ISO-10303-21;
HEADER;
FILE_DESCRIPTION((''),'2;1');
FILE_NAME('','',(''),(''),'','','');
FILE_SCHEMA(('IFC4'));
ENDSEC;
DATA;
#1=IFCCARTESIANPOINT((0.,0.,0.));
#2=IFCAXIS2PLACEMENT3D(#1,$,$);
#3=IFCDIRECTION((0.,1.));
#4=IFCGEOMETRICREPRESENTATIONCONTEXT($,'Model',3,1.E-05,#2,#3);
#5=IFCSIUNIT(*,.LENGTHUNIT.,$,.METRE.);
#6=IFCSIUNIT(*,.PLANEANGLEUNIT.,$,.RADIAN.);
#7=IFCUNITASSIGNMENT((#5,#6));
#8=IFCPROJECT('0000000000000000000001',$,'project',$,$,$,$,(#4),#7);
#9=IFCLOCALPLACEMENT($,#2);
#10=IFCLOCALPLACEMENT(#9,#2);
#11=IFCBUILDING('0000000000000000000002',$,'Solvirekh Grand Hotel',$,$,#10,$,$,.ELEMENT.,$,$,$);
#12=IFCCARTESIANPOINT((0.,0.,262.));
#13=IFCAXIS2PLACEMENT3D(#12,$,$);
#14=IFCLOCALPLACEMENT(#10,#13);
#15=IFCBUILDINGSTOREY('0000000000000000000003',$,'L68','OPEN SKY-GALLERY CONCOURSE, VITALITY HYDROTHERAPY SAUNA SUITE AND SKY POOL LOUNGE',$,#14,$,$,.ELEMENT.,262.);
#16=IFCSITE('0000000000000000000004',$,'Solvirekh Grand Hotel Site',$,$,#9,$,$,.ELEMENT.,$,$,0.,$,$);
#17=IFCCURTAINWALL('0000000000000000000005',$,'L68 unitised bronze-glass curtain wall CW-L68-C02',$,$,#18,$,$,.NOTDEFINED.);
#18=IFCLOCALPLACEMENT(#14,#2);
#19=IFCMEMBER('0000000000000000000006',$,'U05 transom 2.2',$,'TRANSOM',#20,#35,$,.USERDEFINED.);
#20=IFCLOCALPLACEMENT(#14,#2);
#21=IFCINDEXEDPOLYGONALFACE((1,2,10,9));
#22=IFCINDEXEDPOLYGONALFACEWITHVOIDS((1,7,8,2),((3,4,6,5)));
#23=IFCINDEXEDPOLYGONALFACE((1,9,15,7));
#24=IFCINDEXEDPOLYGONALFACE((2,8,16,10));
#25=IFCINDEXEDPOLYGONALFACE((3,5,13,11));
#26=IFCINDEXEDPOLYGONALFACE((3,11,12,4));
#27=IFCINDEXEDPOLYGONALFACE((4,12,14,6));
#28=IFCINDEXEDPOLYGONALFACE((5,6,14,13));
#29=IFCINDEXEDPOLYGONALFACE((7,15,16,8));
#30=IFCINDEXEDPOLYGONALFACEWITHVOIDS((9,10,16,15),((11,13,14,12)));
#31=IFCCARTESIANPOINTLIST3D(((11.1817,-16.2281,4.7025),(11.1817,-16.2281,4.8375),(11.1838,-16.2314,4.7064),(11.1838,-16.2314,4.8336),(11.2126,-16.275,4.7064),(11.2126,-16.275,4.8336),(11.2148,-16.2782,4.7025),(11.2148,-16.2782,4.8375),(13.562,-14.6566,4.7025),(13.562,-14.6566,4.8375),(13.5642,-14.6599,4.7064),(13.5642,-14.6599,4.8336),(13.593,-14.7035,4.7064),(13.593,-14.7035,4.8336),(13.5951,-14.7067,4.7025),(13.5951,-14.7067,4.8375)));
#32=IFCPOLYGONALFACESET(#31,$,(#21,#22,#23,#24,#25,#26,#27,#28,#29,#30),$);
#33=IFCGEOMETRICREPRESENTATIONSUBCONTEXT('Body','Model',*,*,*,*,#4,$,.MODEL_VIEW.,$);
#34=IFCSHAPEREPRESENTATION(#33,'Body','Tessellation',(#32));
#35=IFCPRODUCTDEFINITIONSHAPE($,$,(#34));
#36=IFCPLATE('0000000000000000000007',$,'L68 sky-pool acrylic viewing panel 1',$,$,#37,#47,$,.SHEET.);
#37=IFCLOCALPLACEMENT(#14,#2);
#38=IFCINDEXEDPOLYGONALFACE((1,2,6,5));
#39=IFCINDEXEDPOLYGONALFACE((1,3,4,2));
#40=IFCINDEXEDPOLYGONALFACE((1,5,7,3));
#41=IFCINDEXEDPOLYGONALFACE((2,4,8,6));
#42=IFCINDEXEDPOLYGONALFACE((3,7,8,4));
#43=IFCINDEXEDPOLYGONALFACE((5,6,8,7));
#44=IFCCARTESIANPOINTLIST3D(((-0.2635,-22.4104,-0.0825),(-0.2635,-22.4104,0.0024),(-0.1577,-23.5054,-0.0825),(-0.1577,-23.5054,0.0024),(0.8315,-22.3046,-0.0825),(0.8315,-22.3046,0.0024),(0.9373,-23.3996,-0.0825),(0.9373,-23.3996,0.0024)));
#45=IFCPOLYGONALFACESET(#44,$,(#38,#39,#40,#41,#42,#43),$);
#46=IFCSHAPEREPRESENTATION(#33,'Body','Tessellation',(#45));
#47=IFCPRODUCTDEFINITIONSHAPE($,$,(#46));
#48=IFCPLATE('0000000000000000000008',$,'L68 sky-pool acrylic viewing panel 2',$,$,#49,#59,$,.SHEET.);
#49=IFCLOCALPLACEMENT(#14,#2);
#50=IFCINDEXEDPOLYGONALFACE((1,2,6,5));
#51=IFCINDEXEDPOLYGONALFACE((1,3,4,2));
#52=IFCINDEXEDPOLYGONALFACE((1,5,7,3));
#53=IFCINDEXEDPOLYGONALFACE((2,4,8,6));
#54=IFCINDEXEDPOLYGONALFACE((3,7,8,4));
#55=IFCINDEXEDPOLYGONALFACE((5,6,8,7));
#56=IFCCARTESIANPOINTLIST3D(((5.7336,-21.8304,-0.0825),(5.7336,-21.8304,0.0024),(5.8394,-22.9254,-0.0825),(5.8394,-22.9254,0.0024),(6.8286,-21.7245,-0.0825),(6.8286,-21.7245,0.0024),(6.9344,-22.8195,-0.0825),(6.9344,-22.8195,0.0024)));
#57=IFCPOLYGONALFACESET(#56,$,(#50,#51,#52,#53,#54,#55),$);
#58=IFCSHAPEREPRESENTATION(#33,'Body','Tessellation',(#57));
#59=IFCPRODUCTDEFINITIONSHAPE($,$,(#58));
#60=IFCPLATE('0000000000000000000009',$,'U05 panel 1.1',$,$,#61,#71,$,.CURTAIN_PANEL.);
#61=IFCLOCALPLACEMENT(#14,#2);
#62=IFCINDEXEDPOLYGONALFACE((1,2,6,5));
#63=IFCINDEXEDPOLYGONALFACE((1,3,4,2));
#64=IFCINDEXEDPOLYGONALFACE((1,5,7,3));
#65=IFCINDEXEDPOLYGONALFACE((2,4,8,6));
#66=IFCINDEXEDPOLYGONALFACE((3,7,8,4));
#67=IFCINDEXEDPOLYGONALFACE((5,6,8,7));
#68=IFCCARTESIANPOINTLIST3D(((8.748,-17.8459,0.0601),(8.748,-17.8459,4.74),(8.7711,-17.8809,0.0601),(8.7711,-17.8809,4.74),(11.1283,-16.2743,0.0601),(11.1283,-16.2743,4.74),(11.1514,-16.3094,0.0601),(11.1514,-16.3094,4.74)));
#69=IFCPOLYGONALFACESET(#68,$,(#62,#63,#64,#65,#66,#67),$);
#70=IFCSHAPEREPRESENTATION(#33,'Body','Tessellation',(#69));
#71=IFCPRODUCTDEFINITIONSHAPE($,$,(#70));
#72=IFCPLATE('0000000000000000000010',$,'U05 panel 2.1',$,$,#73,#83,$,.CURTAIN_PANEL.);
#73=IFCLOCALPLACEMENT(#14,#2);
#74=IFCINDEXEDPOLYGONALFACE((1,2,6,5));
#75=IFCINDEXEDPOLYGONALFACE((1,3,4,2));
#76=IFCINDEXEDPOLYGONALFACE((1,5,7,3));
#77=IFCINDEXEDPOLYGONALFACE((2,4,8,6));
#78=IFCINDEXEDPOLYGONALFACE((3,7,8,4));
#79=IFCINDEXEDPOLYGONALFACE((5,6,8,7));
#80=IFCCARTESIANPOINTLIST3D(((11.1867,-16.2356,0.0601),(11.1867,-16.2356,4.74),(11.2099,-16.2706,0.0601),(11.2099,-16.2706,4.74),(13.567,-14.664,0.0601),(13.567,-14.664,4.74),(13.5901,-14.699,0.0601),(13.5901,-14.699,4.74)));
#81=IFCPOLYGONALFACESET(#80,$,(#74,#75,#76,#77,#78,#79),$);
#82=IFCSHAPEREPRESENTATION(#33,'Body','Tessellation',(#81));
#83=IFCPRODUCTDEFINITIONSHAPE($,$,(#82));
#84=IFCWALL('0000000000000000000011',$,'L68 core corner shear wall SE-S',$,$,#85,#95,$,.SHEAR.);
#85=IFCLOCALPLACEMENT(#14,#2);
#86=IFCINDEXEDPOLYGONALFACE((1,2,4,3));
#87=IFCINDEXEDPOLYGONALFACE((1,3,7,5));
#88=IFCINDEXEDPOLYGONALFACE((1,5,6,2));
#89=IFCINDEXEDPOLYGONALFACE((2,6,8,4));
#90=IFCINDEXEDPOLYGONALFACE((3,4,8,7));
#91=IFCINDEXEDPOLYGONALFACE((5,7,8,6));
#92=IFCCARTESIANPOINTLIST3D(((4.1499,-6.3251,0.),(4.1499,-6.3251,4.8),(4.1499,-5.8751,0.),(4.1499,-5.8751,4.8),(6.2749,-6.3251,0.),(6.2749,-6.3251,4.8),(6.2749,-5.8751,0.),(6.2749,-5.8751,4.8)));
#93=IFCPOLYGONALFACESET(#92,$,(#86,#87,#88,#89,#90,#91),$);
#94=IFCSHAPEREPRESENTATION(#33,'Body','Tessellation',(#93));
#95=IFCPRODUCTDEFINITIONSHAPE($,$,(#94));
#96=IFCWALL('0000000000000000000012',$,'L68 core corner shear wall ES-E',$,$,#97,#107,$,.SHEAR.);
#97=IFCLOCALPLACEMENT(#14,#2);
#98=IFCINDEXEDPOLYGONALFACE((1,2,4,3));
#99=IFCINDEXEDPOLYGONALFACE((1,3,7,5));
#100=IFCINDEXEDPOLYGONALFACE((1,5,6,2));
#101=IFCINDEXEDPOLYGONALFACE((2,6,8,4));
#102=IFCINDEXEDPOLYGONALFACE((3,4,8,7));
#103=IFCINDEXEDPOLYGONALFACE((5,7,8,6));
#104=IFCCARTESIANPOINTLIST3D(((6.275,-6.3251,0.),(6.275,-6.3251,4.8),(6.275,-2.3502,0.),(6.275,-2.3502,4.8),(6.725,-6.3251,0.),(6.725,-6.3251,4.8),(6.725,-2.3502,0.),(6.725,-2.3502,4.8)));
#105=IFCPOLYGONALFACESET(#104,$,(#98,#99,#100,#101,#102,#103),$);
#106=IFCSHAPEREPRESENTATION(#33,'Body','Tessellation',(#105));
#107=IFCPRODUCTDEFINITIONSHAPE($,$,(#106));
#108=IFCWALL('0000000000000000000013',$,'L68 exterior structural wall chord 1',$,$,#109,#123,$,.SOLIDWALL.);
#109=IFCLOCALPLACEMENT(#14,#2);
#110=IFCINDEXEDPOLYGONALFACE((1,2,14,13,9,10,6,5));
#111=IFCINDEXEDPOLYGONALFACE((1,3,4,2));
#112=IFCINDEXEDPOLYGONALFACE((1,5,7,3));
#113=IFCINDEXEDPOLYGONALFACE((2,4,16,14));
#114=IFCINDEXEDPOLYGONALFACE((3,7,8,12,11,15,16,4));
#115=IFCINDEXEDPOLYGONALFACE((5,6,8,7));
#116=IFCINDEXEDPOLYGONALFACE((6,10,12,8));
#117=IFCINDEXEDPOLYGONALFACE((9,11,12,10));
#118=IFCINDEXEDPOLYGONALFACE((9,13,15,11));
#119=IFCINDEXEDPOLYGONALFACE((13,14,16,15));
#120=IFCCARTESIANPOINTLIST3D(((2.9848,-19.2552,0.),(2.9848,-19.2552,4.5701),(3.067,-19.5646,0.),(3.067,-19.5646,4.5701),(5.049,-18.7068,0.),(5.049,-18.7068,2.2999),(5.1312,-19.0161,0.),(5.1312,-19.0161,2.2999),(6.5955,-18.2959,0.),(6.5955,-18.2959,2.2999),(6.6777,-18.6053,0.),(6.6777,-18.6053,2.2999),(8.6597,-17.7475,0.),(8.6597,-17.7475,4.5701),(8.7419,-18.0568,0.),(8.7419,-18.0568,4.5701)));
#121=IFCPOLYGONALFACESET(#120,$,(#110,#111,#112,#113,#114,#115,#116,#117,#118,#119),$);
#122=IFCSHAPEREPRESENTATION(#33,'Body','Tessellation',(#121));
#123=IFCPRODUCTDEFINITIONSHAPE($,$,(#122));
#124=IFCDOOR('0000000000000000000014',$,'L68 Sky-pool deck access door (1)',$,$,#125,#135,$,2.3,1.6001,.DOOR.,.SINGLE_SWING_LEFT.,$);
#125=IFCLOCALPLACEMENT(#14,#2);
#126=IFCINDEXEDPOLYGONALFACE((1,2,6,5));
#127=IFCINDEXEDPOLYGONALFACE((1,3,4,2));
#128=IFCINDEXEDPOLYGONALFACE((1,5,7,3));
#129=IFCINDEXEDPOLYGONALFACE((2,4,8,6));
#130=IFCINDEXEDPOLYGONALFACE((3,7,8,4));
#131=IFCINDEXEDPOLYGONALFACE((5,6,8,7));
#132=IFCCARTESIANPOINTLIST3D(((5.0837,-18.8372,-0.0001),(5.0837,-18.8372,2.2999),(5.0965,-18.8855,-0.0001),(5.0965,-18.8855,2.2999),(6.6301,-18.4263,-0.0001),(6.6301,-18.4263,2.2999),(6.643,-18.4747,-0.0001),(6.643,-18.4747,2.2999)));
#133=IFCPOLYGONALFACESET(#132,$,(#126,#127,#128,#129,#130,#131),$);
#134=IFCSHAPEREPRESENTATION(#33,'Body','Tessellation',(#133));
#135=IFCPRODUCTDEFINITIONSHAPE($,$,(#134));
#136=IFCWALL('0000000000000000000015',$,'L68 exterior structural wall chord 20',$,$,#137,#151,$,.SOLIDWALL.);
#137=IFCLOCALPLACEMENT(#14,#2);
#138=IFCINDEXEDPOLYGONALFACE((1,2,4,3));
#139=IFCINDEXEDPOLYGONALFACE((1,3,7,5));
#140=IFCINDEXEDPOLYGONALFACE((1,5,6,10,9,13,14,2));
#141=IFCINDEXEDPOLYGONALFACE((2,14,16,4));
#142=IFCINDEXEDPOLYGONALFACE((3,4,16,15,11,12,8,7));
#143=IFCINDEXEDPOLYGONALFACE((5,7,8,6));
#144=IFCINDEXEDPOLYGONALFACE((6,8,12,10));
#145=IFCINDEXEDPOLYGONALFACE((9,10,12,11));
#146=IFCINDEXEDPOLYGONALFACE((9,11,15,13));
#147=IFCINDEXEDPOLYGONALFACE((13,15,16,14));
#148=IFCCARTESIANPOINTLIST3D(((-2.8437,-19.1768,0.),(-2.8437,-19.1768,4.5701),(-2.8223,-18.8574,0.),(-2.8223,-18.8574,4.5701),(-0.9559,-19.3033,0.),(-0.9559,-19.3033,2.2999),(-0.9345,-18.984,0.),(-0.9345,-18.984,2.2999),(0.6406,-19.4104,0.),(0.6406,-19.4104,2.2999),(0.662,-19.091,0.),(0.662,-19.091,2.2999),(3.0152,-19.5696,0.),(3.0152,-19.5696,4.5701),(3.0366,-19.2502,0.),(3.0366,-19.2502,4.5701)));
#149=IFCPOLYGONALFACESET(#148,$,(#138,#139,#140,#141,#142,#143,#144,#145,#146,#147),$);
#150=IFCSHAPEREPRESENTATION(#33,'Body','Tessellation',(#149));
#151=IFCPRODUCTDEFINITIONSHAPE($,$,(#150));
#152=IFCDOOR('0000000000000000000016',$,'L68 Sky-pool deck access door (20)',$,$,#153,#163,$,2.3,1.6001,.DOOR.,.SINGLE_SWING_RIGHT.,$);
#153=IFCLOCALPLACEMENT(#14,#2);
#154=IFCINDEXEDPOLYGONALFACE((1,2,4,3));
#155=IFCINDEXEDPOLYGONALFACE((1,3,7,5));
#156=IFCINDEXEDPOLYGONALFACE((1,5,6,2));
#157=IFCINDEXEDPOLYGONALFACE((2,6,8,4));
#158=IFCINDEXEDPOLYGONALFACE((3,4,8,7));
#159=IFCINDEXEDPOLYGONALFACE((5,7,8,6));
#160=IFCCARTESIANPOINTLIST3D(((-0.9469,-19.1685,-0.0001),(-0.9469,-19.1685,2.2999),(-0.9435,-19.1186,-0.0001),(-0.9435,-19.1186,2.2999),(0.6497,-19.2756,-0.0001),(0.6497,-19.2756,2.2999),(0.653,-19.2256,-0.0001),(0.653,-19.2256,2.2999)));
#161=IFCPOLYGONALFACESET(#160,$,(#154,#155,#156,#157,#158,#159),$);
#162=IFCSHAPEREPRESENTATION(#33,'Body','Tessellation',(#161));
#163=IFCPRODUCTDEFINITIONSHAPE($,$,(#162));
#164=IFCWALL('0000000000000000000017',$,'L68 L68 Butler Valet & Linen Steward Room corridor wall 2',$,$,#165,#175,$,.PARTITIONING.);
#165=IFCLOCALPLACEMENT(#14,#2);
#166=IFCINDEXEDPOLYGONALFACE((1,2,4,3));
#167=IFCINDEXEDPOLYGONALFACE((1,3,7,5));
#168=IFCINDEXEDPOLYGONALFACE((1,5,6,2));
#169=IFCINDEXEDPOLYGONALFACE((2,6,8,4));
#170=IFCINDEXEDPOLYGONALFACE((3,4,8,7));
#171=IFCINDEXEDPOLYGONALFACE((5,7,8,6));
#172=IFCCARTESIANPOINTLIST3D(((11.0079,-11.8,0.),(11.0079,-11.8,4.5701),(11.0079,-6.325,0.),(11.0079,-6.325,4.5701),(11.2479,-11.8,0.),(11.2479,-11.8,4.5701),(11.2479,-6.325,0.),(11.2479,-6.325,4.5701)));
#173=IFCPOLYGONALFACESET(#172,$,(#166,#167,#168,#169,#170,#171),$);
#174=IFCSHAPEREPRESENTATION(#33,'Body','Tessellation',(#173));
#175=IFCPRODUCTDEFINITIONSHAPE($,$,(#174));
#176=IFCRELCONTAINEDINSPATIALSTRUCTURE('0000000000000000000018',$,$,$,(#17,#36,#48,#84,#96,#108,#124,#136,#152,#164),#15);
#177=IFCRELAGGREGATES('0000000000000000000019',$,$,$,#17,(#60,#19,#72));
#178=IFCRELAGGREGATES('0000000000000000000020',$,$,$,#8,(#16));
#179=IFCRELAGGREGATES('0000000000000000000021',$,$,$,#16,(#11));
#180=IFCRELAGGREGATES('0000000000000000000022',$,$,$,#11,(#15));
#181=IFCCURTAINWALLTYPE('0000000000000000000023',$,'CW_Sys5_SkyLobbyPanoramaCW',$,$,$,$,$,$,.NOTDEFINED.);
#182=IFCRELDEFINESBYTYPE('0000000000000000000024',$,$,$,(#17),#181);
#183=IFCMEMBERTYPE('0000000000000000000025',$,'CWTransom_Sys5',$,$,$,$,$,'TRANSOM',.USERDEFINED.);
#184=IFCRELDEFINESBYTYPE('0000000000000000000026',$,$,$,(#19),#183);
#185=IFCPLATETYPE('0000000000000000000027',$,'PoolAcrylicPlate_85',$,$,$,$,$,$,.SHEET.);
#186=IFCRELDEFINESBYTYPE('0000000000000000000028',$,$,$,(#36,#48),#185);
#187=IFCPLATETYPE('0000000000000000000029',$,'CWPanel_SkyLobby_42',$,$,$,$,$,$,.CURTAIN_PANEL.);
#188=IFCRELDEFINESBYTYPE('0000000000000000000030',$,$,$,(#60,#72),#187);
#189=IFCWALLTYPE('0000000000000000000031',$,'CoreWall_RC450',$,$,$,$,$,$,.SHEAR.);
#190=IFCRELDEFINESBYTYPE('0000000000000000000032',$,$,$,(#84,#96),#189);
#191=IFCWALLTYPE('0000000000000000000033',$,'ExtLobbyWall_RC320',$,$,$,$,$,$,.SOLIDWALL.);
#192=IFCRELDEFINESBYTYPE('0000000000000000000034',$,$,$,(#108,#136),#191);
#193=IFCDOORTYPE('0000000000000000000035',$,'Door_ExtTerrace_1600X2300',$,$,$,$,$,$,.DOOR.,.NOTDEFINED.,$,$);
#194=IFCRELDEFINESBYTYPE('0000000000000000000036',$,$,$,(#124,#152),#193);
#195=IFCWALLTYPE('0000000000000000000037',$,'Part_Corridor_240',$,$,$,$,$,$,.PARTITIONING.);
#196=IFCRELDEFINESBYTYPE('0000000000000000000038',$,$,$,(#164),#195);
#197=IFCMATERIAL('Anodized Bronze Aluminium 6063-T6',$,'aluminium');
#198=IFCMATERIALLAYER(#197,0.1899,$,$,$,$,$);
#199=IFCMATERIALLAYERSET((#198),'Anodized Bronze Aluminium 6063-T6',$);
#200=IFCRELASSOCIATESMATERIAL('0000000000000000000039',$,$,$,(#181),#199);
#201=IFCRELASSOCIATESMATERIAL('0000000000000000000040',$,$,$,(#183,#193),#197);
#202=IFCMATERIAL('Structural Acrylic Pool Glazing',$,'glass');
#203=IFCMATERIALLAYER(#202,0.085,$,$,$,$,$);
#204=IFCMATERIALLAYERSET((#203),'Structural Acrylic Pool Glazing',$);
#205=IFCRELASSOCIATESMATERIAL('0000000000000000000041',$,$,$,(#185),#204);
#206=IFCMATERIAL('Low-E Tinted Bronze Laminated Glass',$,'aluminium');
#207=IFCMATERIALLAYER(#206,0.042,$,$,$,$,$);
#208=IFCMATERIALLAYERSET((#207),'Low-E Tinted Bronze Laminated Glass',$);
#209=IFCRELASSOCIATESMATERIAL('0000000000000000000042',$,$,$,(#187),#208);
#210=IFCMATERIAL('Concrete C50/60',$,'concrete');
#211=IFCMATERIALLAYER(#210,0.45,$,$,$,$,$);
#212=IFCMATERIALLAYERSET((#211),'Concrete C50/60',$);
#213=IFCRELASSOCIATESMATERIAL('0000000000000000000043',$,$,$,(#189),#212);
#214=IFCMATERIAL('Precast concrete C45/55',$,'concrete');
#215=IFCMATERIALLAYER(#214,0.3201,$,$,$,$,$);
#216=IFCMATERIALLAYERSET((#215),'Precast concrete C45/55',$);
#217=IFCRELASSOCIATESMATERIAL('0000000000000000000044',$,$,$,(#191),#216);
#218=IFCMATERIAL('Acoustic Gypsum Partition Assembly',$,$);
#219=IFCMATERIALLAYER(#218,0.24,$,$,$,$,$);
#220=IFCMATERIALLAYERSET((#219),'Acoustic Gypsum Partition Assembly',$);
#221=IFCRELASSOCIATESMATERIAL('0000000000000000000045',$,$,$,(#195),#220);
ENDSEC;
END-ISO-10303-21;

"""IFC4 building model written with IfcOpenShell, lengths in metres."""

from ifc_helpers import new_model, si_unit, direction, frame, frame_2d, origin, origin_2d, place, context, subcontext, project, spatial, rectangle, hollow_rectangle, extrude, source, transform, mapped, material, layer, layer_set, material_profile, profile_set, type_object, element, fill, aggregate, save


model = new_model("IFC4")

# Units and contexts
model_context = context("Model", 3, precision=1e-05, world=origin(), true_north=direction((0.0, 1.0)))
body_context = subcontext(model_context, "Body", "Model", "MODEL_VIEW")
ifc_project = project(units=[si_unit("LENGTHUNIT", "METRE"), si_unit("PLANEANGLEUNIT", "RADIAN")], contexts=[model_context])

# Site, building, storey
site_placement = place(None, origin())
site = spatial("IfcSite", under=ifc_project, at=site_placement, Name="Solvirekh Grand Hotel Site", CompositionType="ELEMENT", RefElevation=0.0)
building_placement = place(site_placement, origin())
building = spatial("IfcBuilding", under=site, at=building_placement, Name="Solvirekh Grand Hotel", CompositionType="ELEMENT")
storey_placement = place(building_placement, frame((0.0, 0.0, 262.0)))
storey = spatial("IfcBuildingStorey", under=building, at=storey_placement, Name="L68", Description="OPEN SKY-GALLERY CONCOURSE, VITALITY HYDROTHERAPY SAUNA SUITE AND SKY POOL LOUNGE", CompositionType="ELEMENT", Elevation=262.0)

# Shared definitions
ifc_material_1 = material(Name="Concrete C50/60", Category="concrete")

# Curtain wall, member
ifc_material_2 = material(Name="Anodized Bronze Aluminium 6063-T6", Category="aluminium")
ifc_layer_1 = layer(ifc_material_2, 0.1899)
ifc_layer_set_1 = layer_set([ifc_layer_1], Name="Anodized Bronze Aluminium 6063-T6")
curtain_wall_type = type_object("IfcCurtainWallType", Name="CW_Sys5_SkyLobbyPanoramaCW", PredefinedType="NOTDEFINED", material=ifc_layer_set_1)
curtain_wall_placement = place(storey_placement, origin())
curtain_wall = element("IfcCurtainWall", 1, at=curtain_wall_placement, inside=storey, type_object=curtain_wall_type, Name="L68 unitised bronze-glass curtain wall CW-L68-C02", PredefinedType="NOTDEFINED")
ifc_material_profile_1 = material_profile(ifc_material_2, hollow_rectangle(XDim=0.0601, YDim=0.135, WallThickness=0.0039, at=origin_2d()), Name="ALU RHS 135X60X4")
ifc_profile_set_1 = profile_set([ifc_material_profile_1], Name="Anodized Bronze Aluminium 6063-T6")
member_type_1 = type_object("IfcMemberType", Name="CWTransom_Sys5", ElementType="TRANSOM", PredefinedType="USERDEFINED", material=ifc_profile_set_1)
shared_shape_1 = source(origin(), body_context, "Body", "SweptSolid", [
    extrude(hollow_rectangle(XDim=0.0601, YDim=0.135, WallThickness=0.0039, at=origin_2d()), origin(), (0.0, 0.0, 1.0), 2.8523),
])
member_1_placement = place(storey_placement, frame((11.1982, -16.2532, 4.77), z_axis=(0.834531, 0.550961, 0.0), x_axis=(-0.550961, 0.834531, 0.0)))
member_1 = element("IfcMember", 2, at=member_1_placement, type_object=member_type_1, Name="U05 transom 2.2", ObjectType="TRANSOM", PredefinedType="USERDEFINED", context=body_context, shape_type="MappedRepresentation", body=[
    mapped(shared_shape_1, transform((0.0, 0.0, 0.0), x_axis=(1.0, 0.0, 0.0), y_axis=(0.0, 1.0, 0.0), z_axis=(0.0, 0.0, 1.0), scale=1.0)),
])

# Plates
ifc_material_3 = material(Name="Structural Acrylic Pool Glazing", Category="glass")
ifc_layer_2 = layer(ifc_material_3, 0.085)
ifc_layer_set_2 = layer_set([ifc_layer_2], Name="Structural Acrylic Pool Glazing")
plate_type_1 = type_object("IfcPlateType", Name="PoolAcrylicPlate_85", PredefinedType="SHEET", material=ifc_layer_set_2)
for number, where, z_axis, x_axis, name in (
    (3, (0.3369, -22.905, -0.0825), (0.0, 0.0, 1.0), (0.995363, 0.096193, 0.0), "L68 sky-pool acrylic viewing panel 1"),
    (4, (6.334, -22.325, -0.0825), (0.0, 0.0, 1.0), (0.995363, 0.096193, 0.0), "L68 sky-pool acrylic viewing panel 2"),
):
    element("IfcPlate", number, at=place(storey_placement, frame(where, z_axis=z_axis, x_axis=x_axis)), inside=storey, type_object=plate_type_1, Name=name, PredefinedType="SHEET", context=body_context, shape_type="SweptSolid", body=[
        extrude(rectangle(XDim=1.1001, YDim=1.1001, at=origin_2d()), origin(), (0.0, 0.0, 1.0), 0.085),
    ])

# Plates
ifc_material_4 = material(Name="Low-E Tinted Bronze Laminated Glass", Category="aluminium")
ifc_layer_3 = layer(ifc_material_4, 0.042)
ifc_layer_set_3 = layer_set([ifc_layer_3], Name="Low-E Tinted Bronze Laminated Glass")
plate_type_2 = type_object("IfcPlateType", Name="CWPanel_SkyLobby_42", PredefinedType="CURTAIN_PANEL", material=ifc_layer_set_3)
shared_shape_2 = source(origin(), body_context, "Body", "SweptSolid", [
    extrude(rectangle(XDim=2.8523, YDim=0.042, at=origin_2d()), origin(), (0.0, 0.0, 1.0), 4.6799),
])
plate_1_placement = place(storey_placement, frame((9.9497, -17.0776, 0.0601), z_axis=(0.0, 0.0, 1.0), x_axis=(0.834513, 0.550988, 0.0)))
plate_1 = element("IfcPlate", 5, at=plate_1_placement, type_object=plate_type_2, Name="U05 panel 1.1", PredefinedType="CURTAIN_PANEL", context=body_context, shape_type="MappedRepresentation", body=[
    mapped(shared_shape_2, transform((0.0, 0.0, 0.0), x_axis=(1.0, 0.0, 0.0), y_axis=(0.0, 1.0, 0.0), z_axis=(0.0, 0.0, 1.0), scale=1.0)),
])
plate_2_placement = place(storey_placement, frame((12.3884, -15.4673, 0.0601), z_axis=(0.0, 0.0, 1.0), x_axis=(0.834513, 0.550988, 0.0)))
plate_2 = element("IfcPlate", 6, at=plate_2_placement, type_object=plate_type_2, Name="U05 panel 2.1", PredefinedType="CURTAIN_PANEL", context=body_context, shape_type="MappedRepresentation", body=[
    mapped(shared_shape_2, transform((0.0, 0.0, 0.0), x_axis=(1.0, 0.0, 0.0), y_axis=(0.0, 1.0, 0.0), z_axis=(0.0, 0.0, 1.0), scale=1.0)),
])
aggregate(curtain_wall, [plate_1, member_1, plate_2])

# Walls
ifc_layer_4 = layer(ifc_material_1, 0.45)
ifc_layer_set_4 = layer_set([ifc_layer_4], Name="Concrete C50/60")
wall_type_1 = type_object("IfcWallType", Name="CoreWall_RC450", PredefinedType="SHEAR", material=ifc_layer_set_4)
wall_1_placement = place(storey_placement, frame((4.1499, -6.1001, 0.0), z_axis=(0.0, 0.0, 1.0), x_axis=(1.0, 0.0, 0.0)))
element("IfcWall", 7, at=wall_1_placement, inside=storey, type_object=wall_type_1, Name="L68 core corner shear wall SE-S", PredefinedType="SHEAR", context=body_context, shape_type="SweptSolid", body=[
    extrude(rectangle(XDim=2.125, YDim=0.45, at=frame_2d((1.0625, 0.0))), origin(), (0.0, 0.0, 1.0), 4.8),
])
wall_2_placement = place(storey_placement, frame((6.5, -6.325, 0.0), z_axis=(0.0, 0.0, 1.0), x_axis=(0.0, 1.0, 0.0)))
element("IfcWall", 8, at=wall_2_placement, inside=storey, type_object=wall_type_1, Name="L68 core corner shear wall ES-E", PredefinedType="SHEAR", context=body_context, shape_type="SweptSolid", body=[
    extrude(rectangle(XDim=3.9749, YDim=0.45, at=frame_2d((1.9873, 0.0))), origin(), (0.0, 0.0, 1.0), 4.8),
])

# Walls, openings, doors
ifc_material_5 = material(Name="Precast concrete C45/55", Category="concrete")
ifc_layer_5 = layer(ifc_material_5, 0.3201)
ifc_layer_set_5 = layer_set([ifc_layer_5], Name="Precast concrete C45/55")
wall_type_2 = type_object("IfcWallType", Name="ExtLobbyWall_RC320", PredefinedType="SOLIDWALL", material=ifc_layer_set_5)
wall_3_placement = place(storey_placement, frame((8.7009, -17.9021, 0.0), z_axis=(0.0, 0.0, 1.0), x_axis=(-0.966469, -0.256783, 0.0)))
wall_3 = element("IfcWall", 9, at=wall_3_placement, inside=storey, type_object=wall_type_2, Name="L68 exterior structural wall chord 1", PredefinedType="SOLIDWALL", context=body_context, shape_type="SweptSolid", body=[
    extrude(rectangle(XDim=5.8718, YDim=0.3201, at=frame_2d((2.936, 0.0))), origin(), (0.0, 0.0, 1.0), 4.5701),
])
opening_1_placement = place(wall_3_placement, frame((2.136, 0.0, 0.0)))
opening_1 = element("IfcOpeningElement", 10, at=opening_1_placement, cuts=wall_3, PredefinedType="OPENING", context=body_context, shape_type="SweptSolid", body=[
    extrude(rectangle(XDim=1.6001, YDim=2.3, at=frame_2d((0.8, 1.1499))), frame((0.0, 0.1699, 0.0), z_axis=(0.0, -1.0, 0.0), x_axis=(1.0, 0.0, 0.0)), (0.0, 0.0, 1.0), 0.3401),
])
door_type_1 = type_object("IfcDoorType", Name="Door_ExtTerrace_1600X2300", OperationType="NOTDEFINED", PredefinedType="DOOR", material=ifc_material_2)
door_1_placement = place(opening_1_placement, origin())
door_1 = element("IfcDoor", 11, at=door_1_placement, inside=storey, type_object=door_type_1, Name="L68 Sky-pool deck access door (1)", OperationType="SINGLE_SWING_LEFT", OverallHeight=2.3, OverallWidth=1.6001, PredefinedType="DOOR", context=body_context, shape_type="SweptSolid", body=[
    extrude(rectangle(XDim=1.6001, YDim=2.3, at=frame_2d((0.8, 1.1499))), frame((0.0, 0.0249, 0.0), z_axis=(0.0, -1.0, 0.0), x_axis=(1.0, 0.0, 0.0)), (0.0, 0.0, 1.0), 0.05),
])
fill(opening_1, door_1)
wall_4_placement = place(storey_placement, frame((3.0259, -19.4099, 0.0), z_axis=(0.0, 0.0, 1.0), x_axis=(-0.99776, 0.066897, 0.0)))
wall_4 = element("IfcWall", 12, at=wall_4_placement, inside=storey, type_object=wall_type_2, Name="L68 exterior structural wall chord 20", PredefinedType="SOLIDWALL", context=body_context, shape_type="SweptSolid", body=[
    extrude(rectangle(XDim=5.8721, YDim=0.3201, at=frame_2d((2.936, 0.0))), origin(), (0.0, 0.0, 1.0), 4.5701),
])
opening_2_placement = place(wall_4_placement, frame((2.3799, 0.0, 0.0)))
opening_2 = element("IfcOpeningElement", 13, at=opening_2_placement, cuts=wall_4, PredefinedType="OPENING", context=body_context, shape_type="SweptSolid", body=[
    extrude(rectangle(XDim=1.6001, YDim=2.3, at=frame_2d((0.8, 1.1499))), frame((0.0, 0.1699, 0.0), z_axis=(0.0, -1.0, 0.0), x_axis=(1.0, 0.0, 0.0)), (0.0, 0.0, 1.0), 0.3401),
])
door_2_placement = place(opening_2_placement, origin())
door_2 = element("IfcDoor", 14, at=door_2_placement, inside=storey, type_object=door_type_1, Name="L68 Sky-pool deck access door (20)", OperationType="SINGLE_SWING_RIGHT", OverallHeight=2.3, OverallWidth=1.6001, PredefinedType="DOOR", context=body_context, shape_type="SweptSolid", body=[
    extrude(rectangle(XDim=1.6001, YDim=2.3, at=frame_2d((0.8, 1.1499))), frame((0.0, 0.0249, 0.0), z_axis=(0.0, -1.0, 0.0), x_axis=(1.0, 0.0, 0.0)), (0.0, 0.0, 1.0), 0.05),
])
fill(opening_2, door_2)

# Wall
ifc_material_6 = material(Name="Acoustic Gypsum Partition Assembly")
ifc_layer_6 = layer(ifc_material_6, 0.24)
ifc_layer_set_6 = layer_set([ifc_layer_6], Name="Acoustic Gypsum Partition Assembly")
wall_type_3 = type_object("IfcWallType", Name="Part_Corridor_240", PredefinedType="PARTITIONING", material=ifc_layer_set_6)
wall_5_placement = place(storey_placement, frame((11.1279, -11.8, 0.0), z_axis=(0.0, 0.0, 1.0), x_axis=(0.0, 1.0, 0.0)))
element("IfcWall", 15, at=wall_5_placement, inside=storey, type_object=wall_type_3, Name="L68 L68 Butler Valet & Linen Steward Room corridor wall 2", PredefinedType="PARTITIONING", context=body_context, shape_type="SweptSolid", body=[
    extrude(rectangle(XDim=5.4751, YDim=0.24, at=frame_2d((2.7375, 0.0))), origin(), (0.0, 0.0, 1.0), 4.5701),
])

save(model, "model.ifc")
